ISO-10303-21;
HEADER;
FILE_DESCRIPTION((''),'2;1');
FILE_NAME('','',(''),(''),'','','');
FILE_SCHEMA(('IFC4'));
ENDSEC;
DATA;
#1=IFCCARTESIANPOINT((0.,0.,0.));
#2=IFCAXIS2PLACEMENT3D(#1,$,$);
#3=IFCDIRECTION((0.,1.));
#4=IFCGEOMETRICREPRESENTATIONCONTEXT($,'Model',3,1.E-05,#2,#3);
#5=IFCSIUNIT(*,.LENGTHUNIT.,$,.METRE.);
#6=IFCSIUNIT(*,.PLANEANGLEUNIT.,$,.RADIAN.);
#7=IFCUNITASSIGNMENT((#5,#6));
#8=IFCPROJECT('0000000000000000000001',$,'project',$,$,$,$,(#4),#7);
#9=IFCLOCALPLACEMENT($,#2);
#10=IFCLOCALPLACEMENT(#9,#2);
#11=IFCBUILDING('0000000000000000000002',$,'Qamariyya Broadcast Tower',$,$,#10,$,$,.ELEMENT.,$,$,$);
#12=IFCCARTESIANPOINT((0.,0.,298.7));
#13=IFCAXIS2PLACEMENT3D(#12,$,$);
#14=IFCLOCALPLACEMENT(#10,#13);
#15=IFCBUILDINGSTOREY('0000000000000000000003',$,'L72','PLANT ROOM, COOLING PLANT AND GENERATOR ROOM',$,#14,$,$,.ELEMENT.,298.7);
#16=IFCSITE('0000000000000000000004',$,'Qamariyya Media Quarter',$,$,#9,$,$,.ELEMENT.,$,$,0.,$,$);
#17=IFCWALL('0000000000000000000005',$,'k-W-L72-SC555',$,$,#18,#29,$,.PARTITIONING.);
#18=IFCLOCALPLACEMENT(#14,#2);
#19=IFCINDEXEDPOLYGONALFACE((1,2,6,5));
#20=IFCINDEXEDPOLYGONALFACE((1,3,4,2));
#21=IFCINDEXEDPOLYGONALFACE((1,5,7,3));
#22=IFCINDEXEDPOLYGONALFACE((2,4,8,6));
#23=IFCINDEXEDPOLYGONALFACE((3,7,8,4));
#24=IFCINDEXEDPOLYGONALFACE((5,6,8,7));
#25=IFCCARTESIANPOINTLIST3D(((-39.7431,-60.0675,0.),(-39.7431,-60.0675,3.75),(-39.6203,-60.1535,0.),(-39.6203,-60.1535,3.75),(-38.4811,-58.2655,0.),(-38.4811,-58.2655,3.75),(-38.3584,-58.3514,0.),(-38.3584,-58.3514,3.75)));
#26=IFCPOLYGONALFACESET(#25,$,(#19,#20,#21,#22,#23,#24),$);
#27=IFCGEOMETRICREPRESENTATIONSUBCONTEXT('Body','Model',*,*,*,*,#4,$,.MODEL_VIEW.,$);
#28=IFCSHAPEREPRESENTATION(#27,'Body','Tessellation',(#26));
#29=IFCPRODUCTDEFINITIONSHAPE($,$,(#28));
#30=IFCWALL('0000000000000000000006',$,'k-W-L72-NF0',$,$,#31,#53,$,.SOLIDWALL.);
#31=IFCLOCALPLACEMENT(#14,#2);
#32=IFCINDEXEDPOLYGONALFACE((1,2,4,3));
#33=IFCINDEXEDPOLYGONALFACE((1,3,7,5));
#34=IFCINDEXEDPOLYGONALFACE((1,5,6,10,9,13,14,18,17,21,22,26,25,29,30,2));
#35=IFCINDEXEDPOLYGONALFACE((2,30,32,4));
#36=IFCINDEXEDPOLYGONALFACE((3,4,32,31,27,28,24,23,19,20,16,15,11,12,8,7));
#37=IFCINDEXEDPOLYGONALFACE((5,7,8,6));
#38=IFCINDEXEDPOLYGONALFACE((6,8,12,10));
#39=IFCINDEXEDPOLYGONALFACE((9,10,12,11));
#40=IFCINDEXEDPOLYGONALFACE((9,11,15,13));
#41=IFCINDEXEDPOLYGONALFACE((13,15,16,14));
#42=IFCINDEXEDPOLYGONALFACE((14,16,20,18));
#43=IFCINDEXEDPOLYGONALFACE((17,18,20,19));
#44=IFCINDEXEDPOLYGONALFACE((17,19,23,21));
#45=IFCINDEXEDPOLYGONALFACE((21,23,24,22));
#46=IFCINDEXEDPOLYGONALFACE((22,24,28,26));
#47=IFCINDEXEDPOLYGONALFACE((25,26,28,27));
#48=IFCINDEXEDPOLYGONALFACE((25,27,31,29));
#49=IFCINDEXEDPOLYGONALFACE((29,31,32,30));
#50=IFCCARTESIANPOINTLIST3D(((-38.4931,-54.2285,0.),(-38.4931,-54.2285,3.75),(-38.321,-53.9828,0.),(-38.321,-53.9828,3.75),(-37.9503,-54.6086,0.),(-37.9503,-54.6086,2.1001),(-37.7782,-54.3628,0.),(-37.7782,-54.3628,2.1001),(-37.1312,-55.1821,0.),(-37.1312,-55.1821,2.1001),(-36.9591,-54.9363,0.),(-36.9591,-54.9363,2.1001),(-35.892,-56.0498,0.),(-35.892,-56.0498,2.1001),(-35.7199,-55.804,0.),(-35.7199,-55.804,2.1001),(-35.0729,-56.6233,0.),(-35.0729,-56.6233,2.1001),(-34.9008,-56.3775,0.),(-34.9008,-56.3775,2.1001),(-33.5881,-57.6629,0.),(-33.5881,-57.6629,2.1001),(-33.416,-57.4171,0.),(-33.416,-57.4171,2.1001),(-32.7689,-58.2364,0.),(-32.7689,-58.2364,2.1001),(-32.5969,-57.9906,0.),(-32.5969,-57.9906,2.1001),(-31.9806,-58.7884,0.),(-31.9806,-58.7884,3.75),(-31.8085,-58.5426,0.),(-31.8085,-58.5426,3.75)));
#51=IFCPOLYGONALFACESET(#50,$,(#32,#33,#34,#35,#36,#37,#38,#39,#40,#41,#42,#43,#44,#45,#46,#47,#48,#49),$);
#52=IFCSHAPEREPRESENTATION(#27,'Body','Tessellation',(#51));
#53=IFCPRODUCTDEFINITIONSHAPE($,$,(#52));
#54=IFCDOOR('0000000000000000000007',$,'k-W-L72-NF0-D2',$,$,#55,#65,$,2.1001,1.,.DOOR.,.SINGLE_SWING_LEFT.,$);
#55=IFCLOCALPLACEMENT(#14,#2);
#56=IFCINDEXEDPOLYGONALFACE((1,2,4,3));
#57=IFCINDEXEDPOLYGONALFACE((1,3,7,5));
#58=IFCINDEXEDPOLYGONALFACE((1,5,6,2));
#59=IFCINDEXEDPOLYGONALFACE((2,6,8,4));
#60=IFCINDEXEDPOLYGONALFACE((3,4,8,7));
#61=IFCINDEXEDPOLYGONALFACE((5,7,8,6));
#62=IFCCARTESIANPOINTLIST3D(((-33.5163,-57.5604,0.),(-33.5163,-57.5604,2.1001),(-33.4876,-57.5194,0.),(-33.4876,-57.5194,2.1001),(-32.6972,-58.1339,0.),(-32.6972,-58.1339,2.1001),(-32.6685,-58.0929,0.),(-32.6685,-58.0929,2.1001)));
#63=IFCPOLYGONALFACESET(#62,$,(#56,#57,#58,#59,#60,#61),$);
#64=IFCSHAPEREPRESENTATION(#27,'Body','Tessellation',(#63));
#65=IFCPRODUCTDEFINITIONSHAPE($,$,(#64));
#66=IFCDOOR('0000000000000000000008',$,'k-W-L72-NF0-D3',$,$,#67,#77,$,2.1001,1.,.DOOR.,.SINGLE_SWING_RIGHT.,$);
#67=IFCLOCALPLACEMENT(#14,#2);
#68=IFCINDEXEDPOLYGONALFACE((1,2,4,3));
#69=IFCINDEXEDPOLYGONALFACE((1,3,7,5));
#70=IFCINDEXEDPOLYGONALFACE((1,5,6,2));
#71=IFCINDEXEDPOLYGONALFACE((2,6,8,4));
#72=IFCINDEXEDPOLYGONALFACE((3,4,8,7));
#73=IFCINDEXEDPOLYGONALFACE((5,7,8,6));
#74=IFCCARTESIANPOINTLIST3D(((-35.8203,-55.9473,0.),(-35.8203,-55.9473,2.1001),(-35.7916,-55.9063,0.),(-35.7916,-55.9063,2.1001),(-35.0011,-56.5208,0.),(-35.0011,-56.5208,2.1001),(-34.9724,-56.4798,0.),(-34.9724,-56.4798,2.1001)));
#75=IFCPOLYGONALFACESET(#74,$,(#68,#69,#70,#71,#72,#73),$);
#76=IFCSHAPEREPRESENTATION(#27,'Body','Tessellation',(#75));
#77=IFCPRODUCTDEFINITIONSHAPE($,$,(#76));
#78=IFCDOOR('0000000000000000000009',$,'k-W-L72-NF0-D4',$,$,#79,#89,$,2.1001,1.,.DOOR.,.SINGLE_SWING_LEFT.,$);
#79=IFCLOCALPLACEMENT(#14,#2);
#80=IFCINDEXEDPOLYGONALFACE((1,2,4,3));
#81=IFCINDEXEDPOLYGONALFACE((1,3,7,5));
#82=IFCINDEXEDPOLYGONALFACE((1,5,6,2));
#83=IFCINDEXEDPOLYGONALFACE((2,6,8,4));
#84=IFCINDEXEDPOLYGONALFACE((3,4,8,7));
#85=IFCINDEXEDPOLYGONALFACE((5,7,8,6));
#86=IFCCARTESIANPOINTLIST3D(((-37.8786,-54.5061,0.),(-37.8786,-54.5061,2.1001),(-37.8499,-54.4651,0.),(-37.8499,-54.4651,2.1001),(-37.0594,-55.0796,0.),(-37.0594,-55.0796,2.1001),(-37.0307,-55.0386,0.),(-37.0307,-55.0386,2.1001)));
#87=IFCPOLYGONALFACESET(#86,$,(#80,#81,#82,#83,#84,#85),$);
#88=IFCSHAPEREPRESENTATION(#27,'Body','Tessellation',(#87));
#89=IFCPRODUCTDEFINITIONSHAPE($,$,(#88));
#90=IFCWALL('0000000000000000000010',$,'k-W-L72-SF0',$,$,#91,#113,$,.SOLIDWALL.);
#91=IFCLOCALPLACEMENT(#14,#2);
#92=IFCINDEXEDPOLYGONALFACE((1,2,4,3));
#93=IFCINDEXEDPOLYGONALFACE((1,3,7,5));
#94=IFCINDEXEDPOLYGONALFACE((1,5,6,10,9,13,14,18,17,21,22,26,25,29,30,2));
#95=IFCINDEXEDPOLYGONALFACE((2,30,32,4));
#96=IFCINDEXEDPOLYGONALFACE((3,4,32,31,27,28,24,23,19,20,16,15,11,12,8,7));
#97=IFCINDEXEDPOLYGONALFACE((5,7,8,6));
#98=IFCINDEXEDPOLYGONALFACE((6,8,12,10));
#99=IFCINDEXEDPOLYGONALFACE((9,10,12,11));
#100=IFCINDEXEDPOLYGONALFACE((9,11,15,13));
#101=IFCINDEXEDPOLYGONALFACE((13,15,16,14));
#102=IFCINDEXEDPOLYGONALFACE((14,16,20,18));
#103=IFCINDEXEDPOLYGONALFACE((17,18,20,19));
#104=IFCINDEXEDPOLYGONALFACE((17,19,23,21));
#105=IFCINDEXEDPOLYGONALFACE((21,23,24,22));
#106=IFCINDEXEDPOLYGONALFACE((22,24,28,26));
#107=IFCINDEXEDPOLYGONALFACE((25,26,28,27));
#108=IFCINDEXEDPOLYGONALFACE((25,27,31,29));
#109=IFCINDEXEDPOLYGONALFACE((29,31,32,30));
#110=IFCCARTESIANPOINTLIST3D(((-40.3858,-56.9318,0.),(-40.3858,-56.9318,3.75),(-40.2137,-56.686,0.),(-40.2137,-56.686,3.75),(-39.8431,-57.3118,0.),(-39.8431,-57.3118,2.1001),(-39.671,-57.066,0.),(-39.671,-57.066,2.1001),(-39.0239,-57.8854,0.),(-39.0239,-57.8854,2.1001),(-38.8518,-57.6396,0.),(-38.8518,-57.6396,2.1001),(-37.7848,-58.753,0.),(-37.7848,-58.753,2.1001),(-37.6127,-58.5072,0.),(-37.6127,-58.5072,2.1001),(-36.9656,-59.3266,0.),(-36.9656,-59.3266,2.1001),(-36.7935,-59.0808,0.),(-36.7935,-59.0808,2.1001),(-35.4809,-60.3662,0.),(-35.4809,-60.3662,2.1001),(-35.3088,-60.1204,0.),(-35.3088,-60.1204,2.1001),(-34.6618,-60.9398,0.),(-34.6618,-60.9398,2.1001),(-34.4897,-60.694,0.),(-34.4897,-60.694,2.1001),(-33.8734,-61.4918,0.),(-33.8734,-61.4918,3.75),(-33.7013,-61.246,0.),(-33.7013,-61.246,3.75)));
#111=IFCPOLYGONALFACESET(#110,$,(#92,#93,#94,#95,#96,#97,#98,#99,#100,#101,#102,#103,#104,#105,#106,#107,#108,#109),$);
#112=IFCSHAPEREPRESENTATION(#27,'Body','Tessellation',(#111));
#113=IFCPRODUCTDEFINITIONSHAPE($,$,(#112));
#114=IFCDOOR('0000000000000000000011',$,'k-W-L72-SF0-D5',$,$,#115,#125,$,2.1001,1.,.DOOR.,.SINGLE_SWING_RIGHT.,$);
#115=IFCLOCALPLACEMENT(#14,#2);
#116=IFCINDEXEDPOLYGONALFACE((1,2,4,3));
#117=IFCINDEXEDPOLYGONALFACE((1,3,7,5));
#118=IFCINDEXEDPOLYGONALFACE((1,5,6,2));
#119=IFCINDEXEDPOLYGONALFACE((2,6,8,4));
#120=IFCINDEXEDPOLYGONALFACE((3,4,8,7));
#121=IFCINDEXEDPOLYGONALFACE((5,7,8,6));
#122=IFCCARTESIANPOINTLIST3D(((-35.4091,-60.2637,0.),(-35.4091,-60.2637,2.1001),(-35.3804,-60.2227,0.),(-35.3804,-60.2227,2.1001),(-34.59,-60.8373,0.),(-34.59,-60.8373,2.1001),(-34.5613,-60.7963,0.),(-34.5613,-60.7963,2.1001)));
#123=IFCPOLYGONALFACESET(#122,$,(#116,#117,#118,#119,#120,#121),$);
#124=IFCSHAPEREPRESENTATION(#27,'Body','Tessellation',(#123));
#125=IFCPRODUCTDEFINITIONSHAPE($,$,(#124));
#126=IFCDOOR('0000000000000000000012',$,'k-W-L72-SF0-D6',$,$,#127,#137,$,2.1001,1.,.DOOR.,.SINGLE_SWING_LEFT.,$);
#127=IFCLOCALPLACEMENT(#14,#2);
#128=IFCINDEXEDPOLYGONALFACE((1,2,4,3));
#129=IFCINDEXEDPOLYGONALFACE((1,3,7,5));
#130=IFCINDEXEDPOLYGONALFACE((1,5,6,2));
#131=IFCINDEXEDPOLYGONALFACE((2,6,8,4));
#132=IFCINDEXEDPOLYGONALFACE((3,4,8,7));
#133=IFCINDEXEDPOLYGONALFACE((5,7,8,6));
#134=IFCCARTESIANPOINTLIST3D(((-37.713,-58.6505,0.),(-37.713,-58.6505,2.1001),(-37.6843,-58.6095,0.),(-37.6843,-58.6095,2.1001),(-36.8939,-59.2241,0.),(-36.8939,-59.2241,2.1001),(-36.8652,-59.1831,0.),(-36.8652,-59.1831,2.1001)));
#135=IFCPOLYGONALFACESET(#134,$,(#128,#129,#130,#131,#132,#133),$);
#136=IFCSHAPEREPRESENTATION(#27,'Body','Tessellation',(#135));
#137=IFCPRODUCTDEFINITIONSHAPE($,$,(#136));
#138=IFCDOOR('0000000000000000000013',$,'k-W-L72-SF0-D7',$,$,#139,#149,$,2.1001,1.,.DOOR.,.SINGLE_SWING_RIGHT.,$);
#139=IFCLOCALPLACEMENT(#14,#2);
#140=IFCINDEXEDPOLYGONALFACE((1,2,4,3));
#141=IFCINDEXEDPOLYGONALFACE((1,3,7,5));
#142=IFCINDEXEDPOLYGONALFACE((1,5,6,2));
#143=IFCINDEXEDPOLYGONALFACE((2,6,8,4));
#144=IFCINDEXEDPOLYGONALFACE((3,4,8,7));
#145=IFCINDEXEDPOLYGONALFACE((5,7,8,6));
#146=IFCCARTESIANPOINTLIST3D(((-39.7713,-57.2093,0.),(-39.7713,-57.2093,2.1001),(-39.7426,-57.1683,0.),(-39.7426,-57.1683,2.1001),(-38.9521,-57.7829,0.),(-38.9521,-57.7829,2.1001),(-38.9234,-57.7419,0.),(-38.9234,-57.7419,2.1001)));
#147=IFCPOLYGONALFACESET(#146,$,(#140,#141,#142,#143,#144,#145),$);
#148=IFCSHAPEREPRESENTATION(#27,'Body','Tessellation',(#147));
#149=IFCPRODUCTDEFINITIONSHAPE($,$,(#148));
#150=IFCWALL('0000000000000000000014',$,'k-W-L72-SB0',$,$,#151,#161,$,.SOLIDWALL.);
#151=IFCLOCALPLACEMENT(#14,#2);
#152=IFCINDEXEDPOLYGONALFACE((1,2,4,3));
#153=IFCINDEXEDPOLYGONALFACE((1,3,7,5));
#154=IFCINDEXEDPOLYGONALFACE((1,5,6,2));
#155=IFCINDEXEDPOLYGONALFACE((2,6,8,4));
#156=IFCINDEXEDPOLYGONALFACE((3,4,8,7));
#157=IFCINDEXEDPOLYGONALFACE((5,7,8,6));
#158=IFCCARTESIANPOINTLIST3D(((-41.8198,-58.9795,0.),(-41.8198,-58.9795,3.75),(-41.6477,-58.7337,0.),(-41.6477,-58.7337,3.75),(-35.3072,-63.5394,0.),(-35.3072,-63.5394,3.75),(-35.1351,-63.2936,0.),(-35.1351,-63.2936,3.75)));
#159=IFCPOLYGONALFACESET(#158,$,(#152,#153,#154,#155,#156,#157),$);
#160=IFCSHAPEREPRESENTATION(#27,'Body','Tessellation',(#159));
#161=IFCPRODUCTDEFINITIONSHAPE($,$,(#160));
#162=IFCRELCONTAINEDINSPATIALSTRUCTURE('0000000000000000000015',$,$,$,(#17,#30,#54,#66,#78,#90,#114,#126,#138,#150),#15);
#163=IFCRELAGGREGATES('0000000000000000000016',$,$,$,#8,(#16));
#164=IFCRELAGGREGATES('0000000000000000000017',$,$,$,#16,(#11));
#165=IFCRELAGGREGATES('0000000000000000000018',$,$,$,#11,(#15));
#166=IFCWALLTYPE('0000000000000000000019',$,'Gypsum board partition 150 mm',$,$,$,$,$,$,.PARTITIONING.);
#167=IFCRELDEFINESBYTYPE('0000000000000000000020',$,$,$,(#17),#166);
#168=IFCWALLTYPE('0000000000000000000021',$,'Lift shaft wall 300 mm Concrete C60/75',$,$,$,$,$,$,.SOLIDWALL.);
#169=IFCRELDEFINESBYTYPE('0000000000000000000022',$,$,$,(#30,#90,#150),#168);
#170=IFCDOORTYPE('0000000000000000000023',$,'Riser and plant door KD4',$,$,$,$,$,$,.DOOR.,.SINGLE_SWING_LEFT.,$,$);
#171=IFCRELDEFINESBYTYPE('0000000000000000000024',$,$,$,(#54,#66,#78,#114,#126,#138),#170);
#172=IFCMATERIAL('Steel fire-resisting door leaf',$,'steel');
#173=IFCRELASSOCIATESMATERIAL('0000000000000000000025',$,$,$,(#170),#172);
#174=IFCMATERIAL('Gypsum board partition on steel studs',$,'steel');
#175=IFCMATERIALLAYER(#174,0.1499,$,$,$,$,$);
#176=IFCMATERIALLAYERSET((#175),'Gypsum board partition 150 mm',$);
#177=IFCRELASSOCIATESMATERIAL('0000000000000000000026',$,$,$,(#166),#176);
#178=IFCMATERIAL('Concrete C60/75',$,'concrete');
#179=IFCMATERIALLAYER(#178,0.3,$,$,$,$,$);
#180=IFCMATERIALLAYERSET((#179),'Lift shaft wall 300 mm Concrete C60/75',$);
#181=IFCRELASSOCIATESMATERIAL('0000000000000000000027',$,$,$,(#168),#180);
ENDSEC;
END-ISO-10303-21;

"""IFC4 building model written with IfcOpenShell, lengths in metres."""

from ifc_helpers import new_model, si_unit, direction, frame, frame_2d, origin, place, context, subcontext, project, spatial, rectangle, extrude, material, layer, layer_set, type_object, element, fill, save


model = new_model("IFC4")

# Units and contexts
model_context = context("Model", 3, precision=1e-05, world=origin(), true_north=direction((0.0, 1.0)))
body_context = subcontext(model_context, "Body", "Model", "MODEL_VIEW")
ifc_project = project(units=[si_unit("LENGTHUNIT", "METRE"), si_unit("PLANEANGLEUNIT", "RADIAN")], contexts=[model_context])

# Site, building, storey
site_placement = place(None, origin())
site = spatial("IfcSite", under=ifc_project, at=site_placement, Name="Qamariyya Media Quarter", CompositionType="ELEMENT", RefElevation=0.0)
building_placement = place(site_placement, origin())
building = spatial("IfcBuilding", under=site, at=building_placement, Name="Qamariyya Broadcast Tower", CompositionType="ELEMENT")
storey_placement = place(building_placement, frame((0.0, 0.0, 298.7)))
storey = spatial("IfcBuildingStorey", under=building, at=storey_placement, Name="L72", Description="PLANT ROOM, COOLING PLANT AND GENERATOR ROOM", CompositionType="ELEMENT", Elevation=298.7)

# Shared definitions
ifc_material_1 = material(Name="Concrete C60/75", Category="concrete")
ifc_material_2 = material(Name="Steel fire-resisting door leaf", Category="steel")

# Shared definitions
door_type_1 = type_object("IfcDoorType", Name="Riser and plant door KD4", OperationType="SINGLE_SWING_LEFT", PredefinedType="DOOR", material=ifc_material_2)

# Wall
ifc_material_3 = material(Name="Gypsum board partition on steel studs", Category="steel")
ifc_layer_1 = layer(ifc_material_3, 0.1499)
ifc_layer_set_1 = layer_set([ifc_layer_1], Name="Gypsum board partition 150 mm")
wall_type_1 = type_object("IfcWallType", Name="Gypsum board partition 150 mm", PredefinedType="PARTITIONING", material=ifc_layer_set_1)
for number, where, z_axis, x_axis, name in (
    (1, (-38.4197, -58.3083, 0.0), (0.0, 0.0, 1.0), (-0.573634, -0.819112, 0.0), "k-W-L72-SC555"),
):
    element("IfcWall", number, at=place(storey_placement, frame(where, z_axis=z_axis, x_axis=x_axis)), inside=storey, type_object=wall_type_1, Name=name, PredefinedType="PARTITIONING", context=body_context, shape_type="SweptSolid", body=[
        extrude(rectangle(XDim=2.2, YDim=0.1499, at=frame_2d((1.1001, 0.0))), origin(), (0.0, 0.0, 1.0), 3.75),
    ])

# Walls, openings, doors
ifc_layer_2 = layer(ifc_material_1, 0.3)
ifc_layer_set_2 = layer_set([ifc_layer_2], Name="Lift shaft wall 300 mm Concrete C60/75")
wall_type_2 = type_object("IfcWallType", Name="Lift shaft wall 300 mm Concrete C60/75", PredefinedType="SOLIDWALL", material=ifc_layer_set_2)
wall_1_placement = place(storey_placement, frame((-31.8945, -58.6655, 0.0), z_axis=(0.0, 0.0, 1.0), x_axis=(-0.819167, 0.573555, 0.0)))
wall_1 = element("IfcWall", 2, at=wall_1_placement, inside=storey, type_object=wall_type_2, Name="k-W-L72-NF0", PredefinedType="SOLIDWALL", context=body_context, shape_type="SweptSolid", body=[
    extrude(rectangle(XDim=7.9502, YDim=0.3, at=frame_2d((3.9751, 0.0))), origin(), (0.0, 0.0, 1.0), 3.75),
])
opening_1_placement = place(wall_1_placement, frame((0.9624, 0.0, 0.0)))
opening_1 = element("IfcOpeningElement", 3, at=opening_1_placement, cuts=wall_1, PredefinedType="OPENING", context=body_context, shape_type="SweptSolid", body=[
    extrude(rectangle(XDim=1.0, YDim=2.1001, at=frame_2d((0.5, 1.05))), frame((0.0, 0.1599, 0.0), z_axis=(0.0, -1.0, 0.0), x_axis=(1.0, 0.0, 0.0)), (0.0, 0.0, 1.0), 0.3201),
])
opening_2_placement = place(wall_1_placement, frame((3.7749, 0.0, 0.0)))
opening_2 = element("IfcOpeningElement", 4, at=opening_2_placement, cuts=wall_1, PredefinedType="OPENING", context=body_context, shape_type="SweptSolid", body=[
    extrude(rectangle(XDim=1.0, YDim=2.1001, at=frame_2d((0.5, 1.05))), frame((0.0, 0.1599, 0.0), z_axis=(0.0, -1.0, 0.0), x_axis=(1.0, 0.0, 0.0)), (0.0, 0.0, 1.0), 0.3201),
])
opening_3_placement = place(wall_1_placement, frame((6.2876, 0.0, 0.0)))
opening_3 = element("IfcOpeningElement", 5, at=opening_3_placement, cuts=wall_1, PredefinedType="OPENING", context=body_context, shape_type="SweptSolid", body=[
    extrude(rectangle(XDim=1.0, YDim=2.1001, at=frame_2d((0.5, 1.05))), frame((0.0, 0.1599, 0.0), z_axis=(0.0, -1.0, 0.0), x_axis=(1.0, 0.0, 0.0)), (0.0, 0.0, 1.0), 0.3201),
])
door_1_placement = place(opening_1_placement, origin())
door_1 = element("IfcDoor", 6, at=door_1_placement, inside=storey, type_object=door_type_1, Name="k-W-L72-NF0-D2", OperationType="SINGLE_SWING_LEFT", OverallHeight=2.1001, OverallWidth=1.0, PredefinedType="DOOR", context=body_context, shape_type="SweptSolid", body=[
    extrude(rectangle(XDim=1.0, YDim=2.1001, at=frame_2d((0.5, 1.05))), frame((0.0, 0.0249, 0.0), z_axis=(0.0, -1.0, 0.0), x_axis=(1.0, 0.0, 0.0)), (0.0, 0.0, 1.0), 0.05),
])
fill(opening_1, door_1)
door_2_placement = place(opening_2_placement, origin())
door_2 = element("IfcDoor", 7, at=door_2_placement, inside=storey, type_object=door_type_1, Name="k-W-L72-NF0-D3", OperationType="SINGLE_SWING_RIGHT", OverallHeight=2.1001, OverallWidth=1.0, PredefinedType="DOOR", context=body_context, shape_type="SweptSolid", body=[
    extrude(rectangle(XDim=1.0, YDim=2.1001, at=frame_2d((0.5, 1.05))), frame((0.0, 0.0249, 0.0), z_axis=(0.0, -1.0, 0.0), x_axis=(1.0, 0.0, 0.0)), (0.0, 0.0, 1.0), 0.05),
])
fill(opening_2, door_2)
door_3_placement = place(opening_3_placement, origin())
door_3 = element("IfcDoor", 8, at=door_3_placement, inside=storey, type_object=door_type_1, Name="k-W-L72-NF0-D4", OperationType="SINGLE_SWING_LEFT", OverallHeight=2.1001, OverallWidth=1.0, PredefinedType="DOOR", context=body_context, shape_type="SweptSolid", body=[
    extrude(rectangle(XDim=1.0, YDim=2.1001, at=frame_2d((0.5, 1.05))), frame((0.0, 0.0249, 0.0), z_axis=(0.0, -1.0, 0.0), x_axis=(1.0, 0.0, 0.0)), (0.0, 0.0, 1.0), 0.05),
])
fill(opening_3, door_3)
wall_2_placement = place(storey_placement, frame((-33.7874, -61.3689, 0.0), z_axis=(0.0, 0.0, 1.0), x_axis=(-0.819153, 0.573576, 0.0)))
wall_2 = element("IfcWall", 9, at=wall_2_placement, inside=storey, type_object=wall_type_2, Name="k-W-L72-SF0", PredefinedType="SOLIDWALL", context=body_context, shape_type="SweptSolid", body=[
    extrude(rectangle(XDim=7.9502, YDim=0.3, at=frame_2d((3.9751, 0.0))), origin(), (0.0, 0.0, 1.0), 3.75),
])
opening_4_placement = place(wall_2_placement, frame((0.9624, 0.0, 0.0)))
opening_4 = element("IfcOpeningElement", 10, at=opening_4_placement, cuts=wall_2, PredefinedType="OPENING", context=body_context, shape_type="SweptSolid", body=[
    extrude(rectangle(XDim=1.0, YDim=2.1001, at=frame_2d((0.5, 1.05))), frame((0.0, 0.1599, 0.0), z_axis=(0.0, -1.0, 0.0), x_axis=(1.0, 0.0, 0.0)), (0.0, 0.0, 1.0), 0.3201),
])
opening_5_placement = place(wall_2_placement, frame((3.7749, 0.0, 0.0)))
opening_5 = element("IfcOpeningElement", 11, at=opening_5_placement, cuts=wall_2, PredefinedType="OPENING", context=body_context, shape_type="SweptSolid", body=[
    extrude(rectangle(XDim=1.0, YDim=2.1001, at=frame_2d((0.5, 1.05))), frame((0.0, 0.1599, 0.0), z_axis=(0.0, -1.0, 0.0), x_axis=(1.0, 0.0, 0.0)), (0.0, 0.0, 1.0), 0.3201),
])
opening_6_placement = place(wall_2_placement, frame((6.2876, 0.0, 0.0)))
opening_6 = element("IfcOpeningElement", 12, at=opening_6_placement, cuts=wall_2, PredefinedType="OPENING", context=body_context, shape_type="SweptSolid", body=[
    extrude(rectangle(XDim=1.0, YDim=2.1001, at=frame_2d((0.5, 1.05))), frame((0.0, 0.1599, 0.0), z_axis=(0.0, -1.0, 0.0), x_axis=(1.0, 0.0, 0.0)), (0.0, 0.0, 1.0), 0.3201),
])
door_4_placement = place(opening_4_placement, origin())
door_4 = element("IfcDoor", 13, at=door_4_placement, inside=storey, type_object=door_type_1, Name="k-W-L72-SF0-D5", OperationType="SINGLE_SWING_RIGHT", OverallHeight=2.1001, OverallWidth=1.0, PredefinedType="DOOR", context=body_context, shape_type="SweptSolid", body=[
    extrude(rectangle(XDim=1.0, YDim=2.1001, at=frame_2d((0.5, 1.05))), frame((0.0, 0.0249, 0.0), z_axis=(0.0, -1.0, 0.0), x_axis=(1.0, 0.0, 0.0)), (0.0, 0.0, 1.0), 0.05),
])
fill(opening_4, door_4)
door_5_placement = place(opening_5_placement, origin())
door_5 = element("IfcDoor", 14, at=door_5_placement, inside=storey, type_object=door_type_1, Name="k-W-L72-SF0-D6", OperationType="SINGLE_SWING_LEFT", OverallHeight=2.1001, OverallWidth=1.0, PredefinedType="DOOR", context=body_context, shape_type="SweptSolid", body=[
    extrude(rectangle(XDim=1.0, YDim=2.1001, at=frame_2d((0.5, 1.05))), frame((0.0, 0.0249, 0.0), z_axis=(0.0, -1.0, 0.0), x_axis=(1.0, 0.0, 0.0)), (0.0, 0.0, 1.0), 0.05),
])
fill(opening_5, door_5)
door_6_placement = place(opening_6_placement, origin())
door_6 = element("IfcDoor", 15, at=door_6_placement, inside=storey, type_object=door_type_1, Name="k-W-L72-SF0-D7", OperationType="SINGLE_SWING_RIGHT", OverallHeight=2.1001, OverallWidth=1.0, PredefinedType="DOOR", context=body_context, shape_type="SweptSolid", body=[
    extrude(rectangle(XDim=1.0, YDim=2.1001, at=frame_2d((0.5, 1.05))), frame((0.0, 0.0249, 0.0), z_axis=(0.0, -1.0, 0.0), x_axis=(1.0, 0.0, 0.0)), (0.0, 0.0, 1.0), 0.05),
])
fill(opening_6, door_6)

# Wall
wall_3_placement = place(storey_placement, frame((-35.2212, -63.4165, 0.0), z_axis=(0.0, 0.0, 1.0), x_axis=(-0.819167, 0.573555, 0.0)))
element("IfcWall", 16, at=wall_3_placement, inside=storey, type_object=wall_type_2, Name="k-W-L72-SB0", PredefinedType="SOLIDWALL", context=body_context, shape_type="SweptSolid", body=[
    extrude(rectangle(XDim=7.9502, YDim=0.3, at=frame_2d((3.9751, 0.0))), origin(), (0.0, 0.0, 1.0), 3.75),
])

save(model, "model.ifc")
